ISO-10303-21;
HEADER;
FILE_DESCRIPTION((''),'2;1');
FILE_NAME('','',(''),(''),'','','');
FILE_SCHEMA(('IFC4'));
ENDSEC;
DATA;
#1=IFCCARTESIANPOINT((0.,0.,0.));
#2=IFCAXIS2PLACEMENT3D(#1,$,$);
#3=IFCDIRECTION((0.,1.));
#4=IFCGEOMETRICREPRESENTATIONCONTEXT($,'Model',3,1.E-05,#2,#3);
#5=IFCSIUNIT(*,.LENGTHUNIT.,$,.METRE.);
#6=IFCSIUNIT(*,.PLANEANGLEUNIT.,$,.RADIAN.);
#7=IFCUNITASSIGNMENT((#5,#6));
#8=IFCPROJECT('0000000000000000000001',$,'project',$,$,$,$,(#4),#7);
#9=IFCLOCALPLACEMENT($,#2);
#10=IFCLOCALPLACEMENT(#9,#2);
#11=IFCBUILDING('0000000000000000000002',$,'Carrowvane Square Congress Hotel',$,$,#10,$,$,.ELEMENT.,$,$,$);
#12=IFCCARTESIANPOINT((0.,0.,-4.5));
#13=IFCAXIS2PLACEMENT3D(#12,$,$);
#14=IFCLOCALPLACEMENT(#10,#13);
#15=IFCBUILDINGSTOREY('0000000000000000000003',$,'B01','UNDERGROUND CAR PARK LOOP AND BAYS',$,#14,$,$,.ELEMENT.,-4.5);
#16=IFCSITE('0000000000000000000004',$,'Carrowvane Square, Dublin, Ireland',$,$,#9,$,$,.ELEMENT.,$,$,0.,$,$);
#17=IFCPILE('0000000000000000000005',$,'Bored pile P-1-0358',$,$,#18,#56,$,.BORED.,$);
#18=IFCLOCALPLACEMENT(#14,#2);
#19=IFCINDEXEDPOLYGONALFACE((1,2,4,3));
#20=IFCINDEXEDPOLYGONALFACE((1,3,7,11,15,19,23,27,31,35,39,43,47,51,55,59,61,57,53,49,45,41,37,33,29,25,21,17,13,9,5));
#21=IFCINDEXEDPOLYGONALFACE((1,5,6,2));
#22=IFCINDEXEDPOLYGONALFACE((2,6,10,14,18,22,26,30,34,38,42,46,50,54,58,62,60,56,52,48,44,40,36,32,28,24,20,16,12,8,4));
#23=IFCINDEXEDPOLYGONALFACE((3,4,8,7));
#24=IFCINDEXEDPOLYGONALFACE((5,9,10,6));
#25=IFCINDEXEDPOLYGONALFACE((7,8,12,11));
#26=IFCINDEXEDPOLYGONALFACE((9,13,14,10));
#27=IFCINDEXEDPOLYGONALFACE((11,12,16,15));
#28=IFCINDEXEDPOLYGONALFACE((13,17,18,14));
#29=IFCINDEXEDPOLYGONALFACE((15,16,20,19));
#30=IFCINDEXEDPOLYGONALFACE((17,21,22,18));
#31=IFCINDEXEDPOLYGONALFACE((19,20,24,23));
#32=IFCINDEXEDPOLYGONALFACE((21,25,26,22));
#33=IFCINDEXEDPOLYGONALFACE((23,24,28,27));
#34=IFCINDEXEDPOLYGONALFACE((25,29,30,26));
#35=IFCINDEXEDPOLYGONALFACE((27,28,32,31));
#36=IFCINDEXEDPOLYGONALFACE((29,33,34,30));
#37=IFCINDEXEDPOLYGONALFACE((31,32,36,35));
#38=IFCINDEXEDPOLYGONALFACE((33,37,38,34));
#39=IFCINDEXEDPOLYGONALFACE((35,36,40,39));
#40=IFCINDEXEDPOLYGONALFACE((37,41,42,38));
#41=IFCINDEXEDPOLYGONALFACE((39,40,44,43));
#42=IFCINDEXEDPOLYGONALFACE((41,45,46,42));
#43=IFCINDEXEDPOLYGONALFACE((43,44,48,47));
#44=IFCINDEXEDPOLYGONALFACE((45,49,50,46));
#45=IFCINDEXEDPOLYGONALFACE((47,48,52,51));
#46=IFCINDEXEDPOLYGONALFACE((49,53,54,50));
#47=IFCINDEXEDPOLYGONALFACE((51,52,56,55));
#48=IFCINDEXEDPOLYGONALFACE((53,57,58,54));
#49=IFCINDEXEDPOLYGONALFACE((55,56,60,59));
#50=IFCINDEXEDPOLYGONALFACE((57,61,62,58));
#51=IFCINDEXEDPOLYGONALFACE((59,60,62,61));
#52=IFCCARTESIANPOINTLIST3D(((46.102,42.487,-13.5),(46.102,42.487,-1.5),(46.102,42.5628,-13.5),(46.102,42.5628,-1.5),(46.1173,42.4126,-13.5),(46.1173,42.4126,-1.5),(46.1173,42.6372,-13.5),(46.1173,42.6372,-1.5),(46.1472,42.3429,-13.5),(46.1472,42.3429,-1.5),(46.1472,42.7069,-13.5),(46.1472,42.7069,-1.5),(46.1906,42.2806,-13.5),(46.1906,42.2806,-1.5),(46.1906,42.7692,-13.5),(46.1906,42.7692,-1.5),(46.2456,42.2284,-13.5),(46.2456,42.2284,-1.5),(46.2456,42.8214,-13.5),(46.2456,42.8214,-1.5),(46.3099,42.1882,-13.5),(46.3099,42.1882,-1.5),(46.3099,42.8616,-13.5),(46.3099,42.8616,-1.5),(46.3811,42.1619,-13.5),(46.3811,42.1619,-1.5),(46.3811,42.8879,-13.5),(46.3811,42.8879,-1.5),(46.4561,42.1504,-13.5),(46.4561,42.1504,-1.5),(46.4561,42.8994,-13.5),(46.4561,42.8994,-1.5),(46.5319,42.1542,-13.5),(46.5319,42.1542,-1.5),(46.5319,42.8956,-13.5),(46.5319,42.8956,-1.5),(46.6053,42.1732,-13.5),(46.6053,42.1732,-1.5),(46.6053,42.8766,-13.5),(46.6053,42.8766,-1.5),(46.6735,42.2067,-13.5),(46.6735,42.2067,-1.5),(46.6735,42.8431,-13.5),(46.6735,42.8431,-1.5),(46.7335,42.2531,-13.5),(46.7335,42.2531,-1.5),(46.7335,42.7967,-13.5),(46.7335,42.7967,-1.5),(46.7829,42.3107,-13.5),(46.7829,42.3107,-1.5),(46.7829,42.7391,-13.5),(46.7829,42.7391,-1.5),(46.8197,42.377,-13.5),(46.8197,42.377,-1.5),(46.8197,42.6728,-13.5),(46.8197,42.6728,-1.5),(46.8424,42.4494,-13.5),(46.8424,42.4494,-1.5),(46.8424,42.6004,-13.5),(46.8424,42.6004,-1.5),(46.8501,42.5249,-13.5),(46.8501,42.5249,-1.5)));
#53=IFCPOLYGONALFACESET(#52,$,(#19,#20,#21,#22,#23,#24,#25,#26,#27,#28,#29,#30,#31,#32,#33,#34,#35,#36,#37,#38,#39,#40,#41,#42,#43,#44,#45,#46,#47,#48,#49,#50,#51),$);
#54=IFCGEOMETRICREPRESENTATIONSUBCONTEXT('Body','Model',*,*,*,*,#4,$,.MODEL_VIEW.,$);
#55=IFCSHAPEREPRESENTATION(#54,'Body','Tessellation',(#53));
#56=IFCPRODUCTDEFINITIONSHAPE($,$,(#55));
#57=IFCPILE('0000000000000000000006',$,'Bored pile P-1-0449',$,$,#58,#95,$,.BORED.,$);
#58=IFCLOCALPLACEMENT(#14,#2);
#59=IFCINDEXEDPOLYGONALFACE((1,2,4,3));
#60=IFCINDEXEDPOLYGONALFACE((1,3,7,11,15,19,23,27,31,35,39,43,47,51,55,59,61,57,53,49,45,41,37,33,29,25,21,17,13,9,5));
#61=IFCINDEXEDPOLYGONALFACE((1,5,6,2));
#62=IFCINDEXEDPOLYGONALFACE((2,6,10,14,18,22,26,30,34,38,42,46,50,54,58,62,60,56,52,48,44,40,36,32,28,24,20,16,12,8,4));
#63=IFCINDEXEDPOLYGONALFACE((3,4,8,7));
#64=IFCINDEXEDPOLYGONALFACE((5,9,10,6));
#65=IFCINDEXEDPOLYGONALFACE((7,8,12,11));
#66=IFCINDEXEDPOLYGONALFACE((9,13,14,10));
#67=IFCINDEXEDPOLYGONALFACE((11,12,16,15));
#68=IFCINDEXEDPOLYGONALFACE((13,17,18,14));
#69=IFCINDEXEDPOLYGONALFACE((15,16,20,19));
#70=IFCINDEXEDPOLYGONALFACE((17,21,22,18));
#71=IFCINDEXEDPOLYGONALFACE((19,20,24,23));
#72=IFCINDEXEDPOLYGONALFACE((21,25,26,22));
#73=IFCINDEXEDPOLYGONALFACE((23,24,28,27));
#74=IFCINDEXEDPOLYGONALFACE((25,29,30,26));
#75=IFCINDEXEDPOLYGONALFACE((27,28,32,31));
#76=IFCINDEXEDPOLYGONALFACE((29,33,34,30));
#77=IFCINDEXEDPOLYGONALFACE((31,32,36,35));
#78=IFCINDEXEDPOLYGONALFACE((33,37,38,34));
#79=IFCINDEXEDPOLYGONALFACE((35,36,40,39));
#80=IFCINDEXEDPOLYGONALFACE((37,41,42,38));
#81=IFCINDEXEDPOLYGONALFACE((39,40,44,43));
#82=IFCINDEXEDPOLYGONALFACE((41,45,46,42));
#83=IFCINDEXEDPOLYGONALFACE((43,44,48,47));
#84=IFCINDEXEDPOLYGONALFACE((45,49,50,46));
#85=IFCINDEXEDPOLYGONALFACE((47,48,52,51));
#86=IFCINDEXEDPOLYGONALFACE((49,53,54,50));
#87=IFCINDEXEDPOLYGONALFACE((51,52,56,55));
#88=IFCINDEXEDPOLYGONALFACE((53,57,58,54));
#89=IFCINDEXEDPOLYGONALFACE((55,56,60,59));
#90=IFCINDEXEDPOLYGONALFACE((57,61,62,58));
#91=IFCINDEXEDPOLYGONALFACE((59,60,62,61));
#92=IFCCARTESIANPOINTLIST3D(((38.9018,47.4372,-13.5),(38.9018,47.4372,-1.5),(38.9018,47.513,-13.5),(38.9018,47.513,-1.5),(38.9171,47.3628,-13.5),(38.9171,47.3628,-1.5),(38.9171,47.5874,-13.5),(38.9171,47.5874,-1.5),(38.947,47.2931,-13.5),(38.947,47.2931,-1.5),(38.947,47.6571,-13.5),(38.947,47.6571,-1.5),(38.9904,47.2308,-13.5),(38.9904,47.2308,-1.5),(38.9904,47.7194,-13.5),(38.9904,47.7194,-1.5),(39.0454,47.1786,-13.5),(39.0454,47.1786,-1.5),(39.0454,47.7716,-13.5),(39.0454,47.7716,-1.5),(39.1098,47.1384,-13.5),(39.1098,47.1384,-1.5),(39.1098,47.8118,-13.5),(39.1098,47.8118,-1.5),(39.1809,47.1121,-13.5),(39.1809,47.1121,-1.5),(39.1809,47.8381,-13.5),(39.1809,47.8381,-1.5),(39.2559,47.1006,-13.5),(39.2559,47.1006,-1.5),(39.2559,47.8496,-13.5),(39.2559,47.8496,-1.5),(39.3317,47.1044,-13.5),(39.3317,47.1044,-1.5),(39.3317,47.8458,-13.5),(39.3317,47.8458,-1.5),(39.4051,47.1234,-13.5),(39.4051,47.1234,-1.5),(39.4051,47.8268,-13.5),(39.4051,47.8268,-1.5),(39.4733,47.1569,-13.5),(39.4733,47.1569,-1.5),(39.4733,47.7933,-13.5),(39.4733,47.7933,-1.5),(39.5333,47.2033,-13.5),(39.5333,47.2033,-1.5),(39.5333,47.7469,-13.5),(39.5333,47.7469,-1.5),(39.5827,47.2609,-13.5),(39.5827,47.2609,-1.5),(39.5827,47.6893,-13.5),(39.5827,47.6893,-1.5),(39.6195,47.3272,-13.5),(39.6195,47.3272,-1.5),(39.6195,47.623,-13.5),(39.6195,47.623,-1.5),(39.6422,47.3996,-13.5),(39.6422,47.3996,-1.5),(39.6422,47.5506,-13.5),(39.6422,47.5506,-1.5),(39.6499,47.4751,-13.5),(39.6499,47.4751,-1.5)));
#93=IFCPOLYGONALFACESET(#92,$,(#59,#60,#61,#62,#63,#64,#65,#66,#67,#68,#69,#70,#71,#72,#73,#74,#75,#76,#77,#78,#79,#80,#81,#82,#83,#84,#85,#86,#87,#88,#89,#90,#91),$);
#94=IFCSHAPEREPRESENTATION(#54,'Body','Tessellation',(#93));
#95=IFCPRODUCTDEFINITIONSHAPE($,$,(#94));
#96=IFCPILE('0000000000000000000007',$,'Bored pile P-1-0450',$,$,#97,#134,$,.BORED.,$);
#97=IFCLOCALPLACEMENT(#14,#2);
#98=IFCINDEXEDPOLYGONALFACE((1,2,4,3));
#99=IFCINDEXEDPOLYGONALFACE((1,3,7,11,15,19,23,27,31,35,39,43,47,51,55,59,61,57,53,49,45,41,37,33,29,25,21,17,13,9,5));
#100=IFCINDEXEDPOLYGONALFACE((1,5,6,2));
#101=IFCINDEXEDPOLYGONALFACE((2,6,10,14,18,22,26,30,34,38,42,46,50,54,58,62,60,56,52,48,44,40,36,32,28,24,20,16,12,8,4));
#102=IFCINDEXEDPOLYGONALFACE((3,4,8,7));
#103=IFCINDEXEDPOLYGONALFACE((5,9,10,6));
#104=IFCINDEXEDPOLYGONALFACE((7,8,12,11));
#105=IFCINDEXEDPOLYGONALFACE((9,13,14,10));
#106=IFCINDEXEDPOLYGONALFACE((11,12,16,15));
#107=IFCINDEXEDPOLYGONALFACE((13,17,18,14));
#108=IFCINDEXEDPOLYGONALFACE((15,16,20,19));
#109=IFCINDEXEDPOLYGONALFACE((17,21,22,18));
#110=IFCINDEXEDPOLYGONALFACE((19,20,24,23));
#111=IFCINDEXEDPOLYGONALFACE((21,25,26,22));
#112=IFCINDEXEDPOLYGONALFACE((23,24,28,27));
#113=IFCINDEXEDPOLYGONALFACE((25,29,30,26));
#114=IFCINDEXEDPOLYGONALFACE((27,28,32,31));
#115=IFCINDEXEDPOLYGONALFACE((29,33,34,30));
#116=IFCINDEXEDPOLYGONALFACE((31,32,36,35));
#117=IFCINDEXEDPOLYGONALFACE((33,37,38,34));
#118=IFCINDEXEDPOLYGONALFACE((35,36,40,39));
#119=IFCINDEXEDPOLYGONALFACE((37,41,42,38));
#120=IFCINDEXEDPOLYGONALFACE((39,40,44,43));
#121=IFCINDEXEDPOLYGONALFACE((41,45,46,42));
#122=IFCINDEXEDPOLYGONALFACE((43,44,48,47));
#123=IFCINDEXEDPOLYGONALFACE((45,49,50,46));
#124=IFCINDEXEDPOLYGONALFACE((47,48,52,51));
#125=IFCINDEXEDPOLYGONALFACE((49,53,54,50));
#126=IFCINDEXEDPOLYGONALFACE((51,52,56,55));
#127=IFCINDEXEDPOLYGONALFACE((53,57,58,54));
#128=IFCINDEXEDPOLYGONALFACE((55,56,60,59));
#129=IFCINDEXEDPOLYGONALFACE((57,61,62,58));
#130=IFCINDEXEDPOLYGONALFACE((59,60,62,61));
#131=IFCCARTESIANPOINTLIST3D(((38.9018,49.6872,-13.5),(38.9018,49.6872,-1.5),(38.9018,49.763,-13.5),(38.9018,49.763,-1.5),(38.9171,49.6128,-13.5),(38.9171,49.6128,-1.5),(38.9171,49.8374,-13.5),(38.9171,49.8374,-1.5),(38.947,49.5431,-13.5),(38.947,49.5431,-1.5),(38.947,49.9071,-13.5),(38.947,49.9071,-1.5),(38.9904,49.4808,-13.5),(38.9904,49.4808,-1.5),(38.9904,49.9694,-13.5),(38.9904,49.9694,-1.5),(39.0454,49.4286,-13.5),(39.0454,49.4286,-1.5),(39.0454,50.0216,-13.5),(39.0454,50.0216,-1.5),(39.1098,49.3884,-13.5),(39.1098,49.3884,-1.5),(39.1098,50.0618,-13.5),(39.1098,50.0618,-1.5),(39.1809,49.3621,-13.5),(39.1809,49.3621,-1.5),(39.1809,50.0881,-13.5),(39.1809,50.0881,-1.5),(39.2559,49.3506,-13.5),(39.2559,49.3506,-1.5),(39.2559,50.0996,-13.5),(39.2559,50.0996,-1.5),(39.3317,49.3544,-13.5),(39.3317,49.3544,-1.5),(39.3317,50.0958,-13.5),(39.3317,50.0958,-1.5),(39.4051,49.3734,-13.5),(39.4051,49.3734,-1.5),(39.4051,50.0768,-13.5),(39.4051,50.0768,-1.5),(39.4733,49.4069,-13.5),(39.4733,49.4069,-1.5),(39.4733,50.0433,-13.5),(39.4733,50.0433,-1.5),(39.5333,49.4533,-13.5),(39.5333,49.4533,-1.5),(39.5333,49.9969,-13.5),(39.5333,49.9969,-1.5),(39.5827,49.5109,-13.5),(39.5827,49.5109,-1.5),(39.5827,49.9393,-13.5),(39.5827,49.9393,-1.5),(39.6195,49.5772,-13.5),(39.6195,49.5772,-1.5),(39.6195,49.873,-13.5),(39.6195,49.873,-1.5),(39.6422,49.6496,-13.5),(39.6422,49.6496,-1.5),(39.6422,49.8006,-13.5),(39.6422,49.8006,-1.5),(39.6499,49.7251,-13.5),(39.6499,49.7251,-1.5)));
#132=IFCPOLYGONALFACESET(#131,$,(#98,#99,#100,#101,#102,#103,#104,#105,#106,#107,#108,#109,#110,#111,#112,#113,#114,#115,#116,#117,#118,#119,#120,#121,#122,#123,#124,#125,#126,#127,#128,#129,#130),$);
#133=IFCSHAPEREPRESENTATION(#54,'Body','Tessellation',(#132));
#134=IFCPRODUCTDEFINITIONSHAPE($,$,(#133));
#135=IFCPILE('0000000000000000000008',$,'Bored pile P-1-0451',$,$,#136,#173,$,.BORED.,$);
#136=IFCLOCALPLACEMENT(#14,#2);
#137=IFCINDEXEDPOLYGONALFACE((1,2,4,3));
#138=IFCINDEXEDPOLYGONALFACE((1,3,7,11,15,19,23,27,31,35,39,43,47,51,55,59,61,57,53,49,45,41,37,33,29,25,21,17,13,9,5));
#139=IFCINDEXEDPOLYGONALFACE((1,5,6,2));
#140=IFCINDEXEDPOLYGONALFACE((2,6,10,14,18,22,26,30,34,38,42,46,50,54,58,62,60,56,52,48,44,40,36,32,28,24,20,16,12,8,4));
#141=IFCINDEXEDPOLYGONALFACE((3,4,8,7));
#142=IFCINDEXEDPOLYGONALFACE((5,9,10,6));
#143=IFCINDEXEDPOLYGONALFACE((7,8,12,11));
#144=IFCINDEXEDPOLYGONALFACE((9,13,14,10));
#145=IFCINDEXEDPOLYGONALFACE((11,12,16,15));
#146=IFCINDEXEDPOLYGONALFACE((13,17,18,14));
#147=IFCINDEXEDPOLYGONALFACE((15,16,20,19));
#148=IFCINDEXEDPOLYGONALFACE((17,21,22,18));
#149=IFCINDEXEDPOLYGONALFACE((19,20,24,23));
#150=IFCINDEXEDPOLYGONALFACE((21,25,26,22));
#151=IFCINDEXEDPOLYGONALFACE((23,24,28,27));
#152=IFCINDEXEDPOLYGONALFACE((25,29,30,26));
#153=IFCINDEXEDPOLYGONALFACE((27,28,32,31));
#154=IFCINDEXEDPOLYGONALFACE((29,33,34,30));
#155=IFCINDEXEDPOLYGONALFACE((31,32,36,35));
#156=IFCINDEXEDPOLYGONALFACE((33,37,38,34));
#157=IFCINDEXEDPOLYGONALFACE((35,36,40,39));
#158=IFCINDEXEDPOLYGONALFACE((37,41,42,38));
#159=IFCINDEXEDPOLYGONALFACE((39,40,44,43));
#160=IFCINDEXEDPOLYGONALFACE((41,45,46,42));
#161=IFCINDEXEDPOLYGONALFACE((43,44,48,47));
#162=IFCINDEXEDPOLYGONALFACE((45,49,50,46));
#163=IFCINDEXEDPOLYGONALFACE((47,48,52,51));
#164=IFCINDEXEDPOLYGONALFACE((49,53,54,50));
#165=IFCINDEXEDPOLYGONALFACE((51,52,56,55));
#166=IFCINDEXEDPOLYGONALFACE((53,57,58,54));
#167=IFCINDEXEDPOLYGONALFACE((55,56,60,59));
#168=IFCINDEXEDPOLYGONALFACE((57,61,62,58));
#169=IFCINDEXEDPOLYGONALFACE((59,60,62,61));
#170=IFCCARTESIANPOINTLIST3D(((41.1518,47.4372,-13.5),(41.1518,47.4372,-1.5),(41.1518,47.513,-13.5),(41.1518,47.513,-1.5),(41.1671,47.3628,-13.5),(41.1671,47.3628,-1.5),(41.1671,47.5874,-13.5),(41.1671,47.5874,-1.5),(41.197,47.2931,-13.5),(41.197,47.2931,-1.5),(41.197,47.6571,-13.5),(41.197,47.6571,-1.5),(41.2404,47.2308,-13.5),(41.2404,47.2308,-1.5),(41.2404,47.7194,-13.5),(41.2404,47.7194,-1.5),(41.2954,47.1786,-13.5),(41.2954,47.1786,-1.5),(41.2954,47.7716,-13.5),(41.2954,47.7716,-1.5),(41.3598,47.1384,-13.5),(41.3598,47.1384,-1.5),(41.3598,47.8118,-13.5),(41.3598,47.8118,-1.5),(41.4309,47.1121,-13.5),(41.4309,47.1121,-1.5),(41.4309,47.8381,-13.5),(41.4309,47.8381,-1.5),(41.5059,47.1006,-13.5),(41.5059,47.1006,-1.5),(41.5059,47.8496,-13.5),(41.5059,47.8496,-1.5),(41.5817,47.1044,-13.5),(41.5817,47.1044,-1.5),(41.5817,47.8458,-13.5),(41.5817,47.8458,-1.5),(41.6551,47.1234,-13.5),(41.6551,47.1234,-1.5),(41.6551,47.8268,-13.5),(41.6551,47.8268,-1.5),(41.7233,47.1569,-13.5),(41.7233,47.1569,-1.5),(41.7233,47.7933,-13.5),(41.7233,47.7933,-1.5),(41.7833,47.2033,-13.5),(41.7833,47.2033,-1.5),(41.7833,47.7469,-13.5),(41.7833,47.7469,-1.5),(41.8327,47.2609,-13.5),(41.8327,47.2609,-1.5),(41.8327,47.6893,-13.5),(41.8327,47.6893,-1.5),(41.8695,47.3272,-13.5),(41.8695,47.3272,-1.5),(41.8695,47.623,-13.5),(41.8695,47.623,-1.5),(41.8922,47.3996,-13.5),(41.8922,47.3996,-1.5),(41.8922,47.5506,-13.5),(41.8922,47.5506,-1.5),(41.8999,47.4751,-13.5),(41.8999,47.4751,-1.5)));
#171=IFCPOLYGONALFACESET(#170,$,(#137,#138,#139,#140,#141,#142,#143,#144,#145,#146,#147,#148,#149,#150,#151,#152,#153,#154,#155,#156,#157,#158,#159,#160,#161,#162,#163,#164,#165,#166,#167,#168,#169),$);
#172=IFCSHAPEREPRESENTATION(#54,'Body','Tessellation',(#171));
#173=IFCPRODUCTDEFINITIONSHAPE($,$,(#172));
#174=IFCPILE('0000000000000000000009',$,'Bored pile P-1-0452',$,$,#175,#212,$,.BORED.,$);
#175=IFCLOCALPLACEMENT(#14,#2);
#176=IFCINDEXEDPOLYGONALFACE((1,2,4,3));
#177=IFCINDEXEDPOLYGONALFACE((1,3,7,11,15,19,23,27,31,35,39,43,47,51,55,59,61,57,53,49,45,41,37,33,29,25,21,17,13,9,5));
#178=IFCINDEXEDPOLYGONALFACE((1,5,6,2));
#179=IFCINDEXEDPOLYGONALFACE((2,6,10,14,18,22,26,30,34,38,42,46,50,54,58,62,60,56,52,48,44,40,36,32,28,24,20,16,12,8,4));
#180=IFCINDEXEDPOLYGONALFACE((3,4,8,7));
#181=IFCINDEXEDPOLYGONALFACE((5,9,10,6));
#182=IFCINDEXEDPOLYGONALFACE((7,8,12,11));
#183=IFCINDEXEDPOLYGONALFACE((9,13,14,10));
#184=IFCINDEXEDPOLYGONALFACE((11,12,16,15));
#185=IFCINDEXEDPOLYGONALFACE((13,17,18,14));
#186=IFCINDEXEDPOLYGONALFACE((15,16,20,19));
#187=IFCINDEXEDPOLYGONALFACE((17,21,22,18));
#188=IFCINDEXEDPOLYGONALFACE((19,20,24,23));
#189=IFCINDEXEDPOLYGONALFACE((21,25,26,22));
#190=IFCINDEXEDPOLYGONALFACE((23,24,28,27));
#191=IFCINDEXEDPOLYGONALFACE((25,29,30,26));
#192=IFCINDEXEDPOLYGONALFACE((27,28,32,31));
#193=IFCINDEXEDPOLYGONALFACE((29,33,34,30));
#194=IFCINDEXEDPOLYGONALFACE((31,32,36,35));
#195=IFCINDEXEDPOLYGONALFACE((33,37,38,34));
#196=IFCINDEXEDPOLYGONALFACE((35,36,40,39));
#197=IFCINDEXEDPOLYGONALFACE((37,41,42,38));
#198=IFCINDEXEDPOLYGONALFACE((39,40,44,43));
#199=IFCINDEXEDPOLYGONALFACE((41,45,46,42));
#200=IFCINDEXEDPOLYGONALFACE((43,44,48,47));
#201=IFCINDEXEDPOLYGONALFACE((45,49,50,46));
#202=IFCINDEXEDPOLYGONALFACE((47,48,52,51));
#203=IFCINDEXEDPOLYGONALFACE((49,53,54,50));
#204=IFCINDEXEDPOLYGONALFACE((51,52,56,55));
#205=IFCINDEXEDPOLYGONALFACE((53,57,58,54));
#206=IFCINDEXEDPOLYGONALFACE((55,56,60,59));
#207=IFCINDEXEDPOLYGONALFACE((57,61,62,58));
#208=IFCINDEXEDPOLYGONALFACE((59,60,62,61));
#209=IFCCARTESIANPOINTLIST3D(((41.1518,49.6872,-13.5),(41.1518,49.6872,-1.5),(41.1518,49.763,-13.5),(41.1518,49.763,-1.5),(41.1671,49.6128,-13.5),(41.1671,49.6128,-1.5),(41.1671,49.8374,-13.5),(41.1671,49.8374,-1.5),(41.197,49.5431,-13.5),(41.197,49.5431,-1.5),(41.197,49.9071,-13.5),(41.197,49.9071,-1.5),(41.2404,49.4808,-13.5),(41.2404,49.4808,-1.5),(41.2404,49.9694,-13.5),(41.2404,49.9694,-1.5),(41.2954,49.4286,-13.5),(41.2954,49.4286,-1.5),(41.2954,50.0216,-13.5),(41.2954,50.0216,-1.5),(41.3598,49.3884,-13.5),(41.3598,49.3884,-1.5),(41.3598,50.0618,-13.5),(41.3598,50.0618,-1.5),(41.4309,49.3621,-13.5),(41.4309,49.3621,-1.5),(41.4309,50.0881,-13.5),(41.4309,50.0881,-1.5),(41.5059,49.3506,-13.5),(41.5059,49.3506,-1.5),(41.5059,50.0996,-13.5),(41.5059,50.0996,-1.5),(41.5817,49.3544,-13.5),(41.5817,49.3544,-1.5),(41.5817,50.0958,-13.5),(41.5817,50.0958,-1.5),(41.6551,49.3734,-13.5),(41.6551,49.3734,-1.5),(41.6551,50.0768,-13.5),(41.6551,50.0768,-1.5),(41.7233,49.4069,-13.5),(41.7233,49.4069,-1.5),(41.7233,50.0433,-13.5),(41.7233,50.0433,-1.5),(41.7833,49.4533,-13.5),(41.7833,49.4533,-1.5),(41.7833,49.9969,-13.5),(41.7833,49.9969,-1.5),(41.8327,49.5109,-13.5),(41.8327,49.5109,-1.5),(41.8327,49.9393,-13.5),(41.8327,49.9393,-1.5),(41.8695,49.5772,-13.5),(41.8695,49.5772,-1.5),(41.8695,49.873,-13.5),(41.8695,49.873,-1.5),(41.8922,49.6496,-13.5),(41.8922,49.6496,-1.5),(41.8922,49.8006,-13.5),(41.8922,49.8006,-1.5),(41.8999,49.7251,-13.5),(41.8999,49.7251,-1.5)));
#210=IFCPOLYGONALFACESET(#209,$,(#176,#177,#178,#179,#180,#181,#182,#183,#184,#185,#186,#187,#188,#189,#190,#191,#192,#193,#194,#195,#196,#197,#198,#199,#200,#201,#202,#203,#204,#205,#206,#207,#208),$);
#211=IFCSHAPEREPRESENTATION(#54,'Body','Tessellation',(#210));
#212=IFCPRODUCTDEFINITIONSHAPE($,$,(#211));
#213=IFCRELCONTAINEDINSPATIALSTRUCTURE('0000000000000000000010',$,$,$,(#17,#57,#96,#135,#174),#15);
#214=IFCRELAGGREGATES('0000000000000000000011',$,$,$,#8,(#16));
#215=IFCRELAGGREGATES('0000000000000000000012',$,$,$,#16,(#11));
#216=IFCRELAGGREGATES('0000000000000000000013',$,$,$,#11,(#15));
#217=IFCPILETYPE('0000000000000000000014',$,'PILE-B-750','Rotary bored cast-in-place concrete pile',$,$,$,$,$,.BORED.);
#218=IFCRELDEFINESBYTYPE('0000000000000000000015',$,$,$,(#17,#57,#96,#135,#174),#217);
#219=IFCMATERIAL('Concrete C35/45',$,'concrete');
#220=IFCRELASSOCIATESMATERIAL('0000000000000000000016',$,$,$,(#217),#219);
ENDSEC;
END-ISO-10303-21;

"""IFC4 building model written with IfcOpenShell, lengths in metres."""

from ifc_helpers import new_model, si_unit, direction, frame, origin, origin_2d, place, context, subcontext, project, spatial, circle, extrude, material, material_profile, profile_set, type_object, element, save


model = new_model("IFC4")

# Units and contexts
model_context = context("Model", 3, precision=1e-05, world=origin(), true_north=direction((0.0, 1.0)))
body_context = subcontext(model_context, "Body", "Model", "MODEL_VIEW")
ifc_project = project(units=[si_unit("LENGTHUNIT", "METRE"), si_unit("PLANEANGLEUNIT", "RADIAN")], contexts=[model_context])

# Site, building, storey
site_placement = place(None, origin())
site = spatial("IfcSite", under=ifc_project, at=site_placement, Name="Carrowvane Square, Dublin, Ireland", CompositionType="ELEMENT", RefElevation=0.0)
building_placement = place(site_placement, origin())
building = spatial("IfcBuilding", under=site, at=building_placement, Name="Carrowvane Square Congress Hotel", CompositionType="ELEMENT")
storey_placement = place(building_placement, frame((0.0, 0.0, -4.5)))
storey = spatial("IfcBuildingStorey", under=building, at=storey_placement, Name="B01", Description="UNDERGROUND CAR PARK LOOP AND BAYS", CompositionType="ELEMENT", Elevation=-4.5)

# Piles
ifc_material_1 = material(Name="Concrete C35/45", Category="concrete")
ifc_material_profile_1 = material_profile(ifc_material_1, circle(Radius=0.375, at=origin_2d()), Name="PILE D750")
ifc_profile_set_1 = profile_set([ifc_material_profile_1], Name="Concrete C35/45")
pile_type = type_object("IfcPileType", Name="PILE-B-750", Description="Rotary bored cast-in-place concrete pile", PredefinedType="BORED", material=ifc_profile_set_1)
for number, where, z_axis, x_axis, name in (
    (1, (46.4751, 42.5249, -1.5), (0.0, 0.0, -1.0), (1.0, 0.0, 0.0), "Bored pile P-1-0358"),
    (2, (39.2749, 47.4751, -1.5), (0.0, 0.0, -1.0), (1.0, 0.0, 0.0), "Bored pile P-1-0449"),
    (3, (39.2749, 49.7251, -1.5), (0.0, 0.0, -1.0), (1.0, 0.0, 0.0), "Bored pile P-1-0450"),
    (4, (41.5249, 47.4751, -1.5), (0.0, 0.0, -1.0), (1.0, 0.0, 0.0), "Bored pile P-1-0451"),
    (5, (41.5249, 49.7251, -1.5), (0.0, 0.0, -1.0), (1.0, 0.0, 0.0), "Bored pile P-1-0452"),
):
    element("IfcPile", number, at=place(storey_placement, frame(where, z_axis=z_axis, x_axis=x_axis)), inside=storey, type_object=pile_type, Name=name, PredefinedType="BORED", context=body_context, shape_type="SweptSolid", body=[
        extrude(circle(Radius=0.375, at=origin_2d()), origin(), (0.0, 0.0, 1.0), 12.0),
    ])

save(model, "model.ifc")
